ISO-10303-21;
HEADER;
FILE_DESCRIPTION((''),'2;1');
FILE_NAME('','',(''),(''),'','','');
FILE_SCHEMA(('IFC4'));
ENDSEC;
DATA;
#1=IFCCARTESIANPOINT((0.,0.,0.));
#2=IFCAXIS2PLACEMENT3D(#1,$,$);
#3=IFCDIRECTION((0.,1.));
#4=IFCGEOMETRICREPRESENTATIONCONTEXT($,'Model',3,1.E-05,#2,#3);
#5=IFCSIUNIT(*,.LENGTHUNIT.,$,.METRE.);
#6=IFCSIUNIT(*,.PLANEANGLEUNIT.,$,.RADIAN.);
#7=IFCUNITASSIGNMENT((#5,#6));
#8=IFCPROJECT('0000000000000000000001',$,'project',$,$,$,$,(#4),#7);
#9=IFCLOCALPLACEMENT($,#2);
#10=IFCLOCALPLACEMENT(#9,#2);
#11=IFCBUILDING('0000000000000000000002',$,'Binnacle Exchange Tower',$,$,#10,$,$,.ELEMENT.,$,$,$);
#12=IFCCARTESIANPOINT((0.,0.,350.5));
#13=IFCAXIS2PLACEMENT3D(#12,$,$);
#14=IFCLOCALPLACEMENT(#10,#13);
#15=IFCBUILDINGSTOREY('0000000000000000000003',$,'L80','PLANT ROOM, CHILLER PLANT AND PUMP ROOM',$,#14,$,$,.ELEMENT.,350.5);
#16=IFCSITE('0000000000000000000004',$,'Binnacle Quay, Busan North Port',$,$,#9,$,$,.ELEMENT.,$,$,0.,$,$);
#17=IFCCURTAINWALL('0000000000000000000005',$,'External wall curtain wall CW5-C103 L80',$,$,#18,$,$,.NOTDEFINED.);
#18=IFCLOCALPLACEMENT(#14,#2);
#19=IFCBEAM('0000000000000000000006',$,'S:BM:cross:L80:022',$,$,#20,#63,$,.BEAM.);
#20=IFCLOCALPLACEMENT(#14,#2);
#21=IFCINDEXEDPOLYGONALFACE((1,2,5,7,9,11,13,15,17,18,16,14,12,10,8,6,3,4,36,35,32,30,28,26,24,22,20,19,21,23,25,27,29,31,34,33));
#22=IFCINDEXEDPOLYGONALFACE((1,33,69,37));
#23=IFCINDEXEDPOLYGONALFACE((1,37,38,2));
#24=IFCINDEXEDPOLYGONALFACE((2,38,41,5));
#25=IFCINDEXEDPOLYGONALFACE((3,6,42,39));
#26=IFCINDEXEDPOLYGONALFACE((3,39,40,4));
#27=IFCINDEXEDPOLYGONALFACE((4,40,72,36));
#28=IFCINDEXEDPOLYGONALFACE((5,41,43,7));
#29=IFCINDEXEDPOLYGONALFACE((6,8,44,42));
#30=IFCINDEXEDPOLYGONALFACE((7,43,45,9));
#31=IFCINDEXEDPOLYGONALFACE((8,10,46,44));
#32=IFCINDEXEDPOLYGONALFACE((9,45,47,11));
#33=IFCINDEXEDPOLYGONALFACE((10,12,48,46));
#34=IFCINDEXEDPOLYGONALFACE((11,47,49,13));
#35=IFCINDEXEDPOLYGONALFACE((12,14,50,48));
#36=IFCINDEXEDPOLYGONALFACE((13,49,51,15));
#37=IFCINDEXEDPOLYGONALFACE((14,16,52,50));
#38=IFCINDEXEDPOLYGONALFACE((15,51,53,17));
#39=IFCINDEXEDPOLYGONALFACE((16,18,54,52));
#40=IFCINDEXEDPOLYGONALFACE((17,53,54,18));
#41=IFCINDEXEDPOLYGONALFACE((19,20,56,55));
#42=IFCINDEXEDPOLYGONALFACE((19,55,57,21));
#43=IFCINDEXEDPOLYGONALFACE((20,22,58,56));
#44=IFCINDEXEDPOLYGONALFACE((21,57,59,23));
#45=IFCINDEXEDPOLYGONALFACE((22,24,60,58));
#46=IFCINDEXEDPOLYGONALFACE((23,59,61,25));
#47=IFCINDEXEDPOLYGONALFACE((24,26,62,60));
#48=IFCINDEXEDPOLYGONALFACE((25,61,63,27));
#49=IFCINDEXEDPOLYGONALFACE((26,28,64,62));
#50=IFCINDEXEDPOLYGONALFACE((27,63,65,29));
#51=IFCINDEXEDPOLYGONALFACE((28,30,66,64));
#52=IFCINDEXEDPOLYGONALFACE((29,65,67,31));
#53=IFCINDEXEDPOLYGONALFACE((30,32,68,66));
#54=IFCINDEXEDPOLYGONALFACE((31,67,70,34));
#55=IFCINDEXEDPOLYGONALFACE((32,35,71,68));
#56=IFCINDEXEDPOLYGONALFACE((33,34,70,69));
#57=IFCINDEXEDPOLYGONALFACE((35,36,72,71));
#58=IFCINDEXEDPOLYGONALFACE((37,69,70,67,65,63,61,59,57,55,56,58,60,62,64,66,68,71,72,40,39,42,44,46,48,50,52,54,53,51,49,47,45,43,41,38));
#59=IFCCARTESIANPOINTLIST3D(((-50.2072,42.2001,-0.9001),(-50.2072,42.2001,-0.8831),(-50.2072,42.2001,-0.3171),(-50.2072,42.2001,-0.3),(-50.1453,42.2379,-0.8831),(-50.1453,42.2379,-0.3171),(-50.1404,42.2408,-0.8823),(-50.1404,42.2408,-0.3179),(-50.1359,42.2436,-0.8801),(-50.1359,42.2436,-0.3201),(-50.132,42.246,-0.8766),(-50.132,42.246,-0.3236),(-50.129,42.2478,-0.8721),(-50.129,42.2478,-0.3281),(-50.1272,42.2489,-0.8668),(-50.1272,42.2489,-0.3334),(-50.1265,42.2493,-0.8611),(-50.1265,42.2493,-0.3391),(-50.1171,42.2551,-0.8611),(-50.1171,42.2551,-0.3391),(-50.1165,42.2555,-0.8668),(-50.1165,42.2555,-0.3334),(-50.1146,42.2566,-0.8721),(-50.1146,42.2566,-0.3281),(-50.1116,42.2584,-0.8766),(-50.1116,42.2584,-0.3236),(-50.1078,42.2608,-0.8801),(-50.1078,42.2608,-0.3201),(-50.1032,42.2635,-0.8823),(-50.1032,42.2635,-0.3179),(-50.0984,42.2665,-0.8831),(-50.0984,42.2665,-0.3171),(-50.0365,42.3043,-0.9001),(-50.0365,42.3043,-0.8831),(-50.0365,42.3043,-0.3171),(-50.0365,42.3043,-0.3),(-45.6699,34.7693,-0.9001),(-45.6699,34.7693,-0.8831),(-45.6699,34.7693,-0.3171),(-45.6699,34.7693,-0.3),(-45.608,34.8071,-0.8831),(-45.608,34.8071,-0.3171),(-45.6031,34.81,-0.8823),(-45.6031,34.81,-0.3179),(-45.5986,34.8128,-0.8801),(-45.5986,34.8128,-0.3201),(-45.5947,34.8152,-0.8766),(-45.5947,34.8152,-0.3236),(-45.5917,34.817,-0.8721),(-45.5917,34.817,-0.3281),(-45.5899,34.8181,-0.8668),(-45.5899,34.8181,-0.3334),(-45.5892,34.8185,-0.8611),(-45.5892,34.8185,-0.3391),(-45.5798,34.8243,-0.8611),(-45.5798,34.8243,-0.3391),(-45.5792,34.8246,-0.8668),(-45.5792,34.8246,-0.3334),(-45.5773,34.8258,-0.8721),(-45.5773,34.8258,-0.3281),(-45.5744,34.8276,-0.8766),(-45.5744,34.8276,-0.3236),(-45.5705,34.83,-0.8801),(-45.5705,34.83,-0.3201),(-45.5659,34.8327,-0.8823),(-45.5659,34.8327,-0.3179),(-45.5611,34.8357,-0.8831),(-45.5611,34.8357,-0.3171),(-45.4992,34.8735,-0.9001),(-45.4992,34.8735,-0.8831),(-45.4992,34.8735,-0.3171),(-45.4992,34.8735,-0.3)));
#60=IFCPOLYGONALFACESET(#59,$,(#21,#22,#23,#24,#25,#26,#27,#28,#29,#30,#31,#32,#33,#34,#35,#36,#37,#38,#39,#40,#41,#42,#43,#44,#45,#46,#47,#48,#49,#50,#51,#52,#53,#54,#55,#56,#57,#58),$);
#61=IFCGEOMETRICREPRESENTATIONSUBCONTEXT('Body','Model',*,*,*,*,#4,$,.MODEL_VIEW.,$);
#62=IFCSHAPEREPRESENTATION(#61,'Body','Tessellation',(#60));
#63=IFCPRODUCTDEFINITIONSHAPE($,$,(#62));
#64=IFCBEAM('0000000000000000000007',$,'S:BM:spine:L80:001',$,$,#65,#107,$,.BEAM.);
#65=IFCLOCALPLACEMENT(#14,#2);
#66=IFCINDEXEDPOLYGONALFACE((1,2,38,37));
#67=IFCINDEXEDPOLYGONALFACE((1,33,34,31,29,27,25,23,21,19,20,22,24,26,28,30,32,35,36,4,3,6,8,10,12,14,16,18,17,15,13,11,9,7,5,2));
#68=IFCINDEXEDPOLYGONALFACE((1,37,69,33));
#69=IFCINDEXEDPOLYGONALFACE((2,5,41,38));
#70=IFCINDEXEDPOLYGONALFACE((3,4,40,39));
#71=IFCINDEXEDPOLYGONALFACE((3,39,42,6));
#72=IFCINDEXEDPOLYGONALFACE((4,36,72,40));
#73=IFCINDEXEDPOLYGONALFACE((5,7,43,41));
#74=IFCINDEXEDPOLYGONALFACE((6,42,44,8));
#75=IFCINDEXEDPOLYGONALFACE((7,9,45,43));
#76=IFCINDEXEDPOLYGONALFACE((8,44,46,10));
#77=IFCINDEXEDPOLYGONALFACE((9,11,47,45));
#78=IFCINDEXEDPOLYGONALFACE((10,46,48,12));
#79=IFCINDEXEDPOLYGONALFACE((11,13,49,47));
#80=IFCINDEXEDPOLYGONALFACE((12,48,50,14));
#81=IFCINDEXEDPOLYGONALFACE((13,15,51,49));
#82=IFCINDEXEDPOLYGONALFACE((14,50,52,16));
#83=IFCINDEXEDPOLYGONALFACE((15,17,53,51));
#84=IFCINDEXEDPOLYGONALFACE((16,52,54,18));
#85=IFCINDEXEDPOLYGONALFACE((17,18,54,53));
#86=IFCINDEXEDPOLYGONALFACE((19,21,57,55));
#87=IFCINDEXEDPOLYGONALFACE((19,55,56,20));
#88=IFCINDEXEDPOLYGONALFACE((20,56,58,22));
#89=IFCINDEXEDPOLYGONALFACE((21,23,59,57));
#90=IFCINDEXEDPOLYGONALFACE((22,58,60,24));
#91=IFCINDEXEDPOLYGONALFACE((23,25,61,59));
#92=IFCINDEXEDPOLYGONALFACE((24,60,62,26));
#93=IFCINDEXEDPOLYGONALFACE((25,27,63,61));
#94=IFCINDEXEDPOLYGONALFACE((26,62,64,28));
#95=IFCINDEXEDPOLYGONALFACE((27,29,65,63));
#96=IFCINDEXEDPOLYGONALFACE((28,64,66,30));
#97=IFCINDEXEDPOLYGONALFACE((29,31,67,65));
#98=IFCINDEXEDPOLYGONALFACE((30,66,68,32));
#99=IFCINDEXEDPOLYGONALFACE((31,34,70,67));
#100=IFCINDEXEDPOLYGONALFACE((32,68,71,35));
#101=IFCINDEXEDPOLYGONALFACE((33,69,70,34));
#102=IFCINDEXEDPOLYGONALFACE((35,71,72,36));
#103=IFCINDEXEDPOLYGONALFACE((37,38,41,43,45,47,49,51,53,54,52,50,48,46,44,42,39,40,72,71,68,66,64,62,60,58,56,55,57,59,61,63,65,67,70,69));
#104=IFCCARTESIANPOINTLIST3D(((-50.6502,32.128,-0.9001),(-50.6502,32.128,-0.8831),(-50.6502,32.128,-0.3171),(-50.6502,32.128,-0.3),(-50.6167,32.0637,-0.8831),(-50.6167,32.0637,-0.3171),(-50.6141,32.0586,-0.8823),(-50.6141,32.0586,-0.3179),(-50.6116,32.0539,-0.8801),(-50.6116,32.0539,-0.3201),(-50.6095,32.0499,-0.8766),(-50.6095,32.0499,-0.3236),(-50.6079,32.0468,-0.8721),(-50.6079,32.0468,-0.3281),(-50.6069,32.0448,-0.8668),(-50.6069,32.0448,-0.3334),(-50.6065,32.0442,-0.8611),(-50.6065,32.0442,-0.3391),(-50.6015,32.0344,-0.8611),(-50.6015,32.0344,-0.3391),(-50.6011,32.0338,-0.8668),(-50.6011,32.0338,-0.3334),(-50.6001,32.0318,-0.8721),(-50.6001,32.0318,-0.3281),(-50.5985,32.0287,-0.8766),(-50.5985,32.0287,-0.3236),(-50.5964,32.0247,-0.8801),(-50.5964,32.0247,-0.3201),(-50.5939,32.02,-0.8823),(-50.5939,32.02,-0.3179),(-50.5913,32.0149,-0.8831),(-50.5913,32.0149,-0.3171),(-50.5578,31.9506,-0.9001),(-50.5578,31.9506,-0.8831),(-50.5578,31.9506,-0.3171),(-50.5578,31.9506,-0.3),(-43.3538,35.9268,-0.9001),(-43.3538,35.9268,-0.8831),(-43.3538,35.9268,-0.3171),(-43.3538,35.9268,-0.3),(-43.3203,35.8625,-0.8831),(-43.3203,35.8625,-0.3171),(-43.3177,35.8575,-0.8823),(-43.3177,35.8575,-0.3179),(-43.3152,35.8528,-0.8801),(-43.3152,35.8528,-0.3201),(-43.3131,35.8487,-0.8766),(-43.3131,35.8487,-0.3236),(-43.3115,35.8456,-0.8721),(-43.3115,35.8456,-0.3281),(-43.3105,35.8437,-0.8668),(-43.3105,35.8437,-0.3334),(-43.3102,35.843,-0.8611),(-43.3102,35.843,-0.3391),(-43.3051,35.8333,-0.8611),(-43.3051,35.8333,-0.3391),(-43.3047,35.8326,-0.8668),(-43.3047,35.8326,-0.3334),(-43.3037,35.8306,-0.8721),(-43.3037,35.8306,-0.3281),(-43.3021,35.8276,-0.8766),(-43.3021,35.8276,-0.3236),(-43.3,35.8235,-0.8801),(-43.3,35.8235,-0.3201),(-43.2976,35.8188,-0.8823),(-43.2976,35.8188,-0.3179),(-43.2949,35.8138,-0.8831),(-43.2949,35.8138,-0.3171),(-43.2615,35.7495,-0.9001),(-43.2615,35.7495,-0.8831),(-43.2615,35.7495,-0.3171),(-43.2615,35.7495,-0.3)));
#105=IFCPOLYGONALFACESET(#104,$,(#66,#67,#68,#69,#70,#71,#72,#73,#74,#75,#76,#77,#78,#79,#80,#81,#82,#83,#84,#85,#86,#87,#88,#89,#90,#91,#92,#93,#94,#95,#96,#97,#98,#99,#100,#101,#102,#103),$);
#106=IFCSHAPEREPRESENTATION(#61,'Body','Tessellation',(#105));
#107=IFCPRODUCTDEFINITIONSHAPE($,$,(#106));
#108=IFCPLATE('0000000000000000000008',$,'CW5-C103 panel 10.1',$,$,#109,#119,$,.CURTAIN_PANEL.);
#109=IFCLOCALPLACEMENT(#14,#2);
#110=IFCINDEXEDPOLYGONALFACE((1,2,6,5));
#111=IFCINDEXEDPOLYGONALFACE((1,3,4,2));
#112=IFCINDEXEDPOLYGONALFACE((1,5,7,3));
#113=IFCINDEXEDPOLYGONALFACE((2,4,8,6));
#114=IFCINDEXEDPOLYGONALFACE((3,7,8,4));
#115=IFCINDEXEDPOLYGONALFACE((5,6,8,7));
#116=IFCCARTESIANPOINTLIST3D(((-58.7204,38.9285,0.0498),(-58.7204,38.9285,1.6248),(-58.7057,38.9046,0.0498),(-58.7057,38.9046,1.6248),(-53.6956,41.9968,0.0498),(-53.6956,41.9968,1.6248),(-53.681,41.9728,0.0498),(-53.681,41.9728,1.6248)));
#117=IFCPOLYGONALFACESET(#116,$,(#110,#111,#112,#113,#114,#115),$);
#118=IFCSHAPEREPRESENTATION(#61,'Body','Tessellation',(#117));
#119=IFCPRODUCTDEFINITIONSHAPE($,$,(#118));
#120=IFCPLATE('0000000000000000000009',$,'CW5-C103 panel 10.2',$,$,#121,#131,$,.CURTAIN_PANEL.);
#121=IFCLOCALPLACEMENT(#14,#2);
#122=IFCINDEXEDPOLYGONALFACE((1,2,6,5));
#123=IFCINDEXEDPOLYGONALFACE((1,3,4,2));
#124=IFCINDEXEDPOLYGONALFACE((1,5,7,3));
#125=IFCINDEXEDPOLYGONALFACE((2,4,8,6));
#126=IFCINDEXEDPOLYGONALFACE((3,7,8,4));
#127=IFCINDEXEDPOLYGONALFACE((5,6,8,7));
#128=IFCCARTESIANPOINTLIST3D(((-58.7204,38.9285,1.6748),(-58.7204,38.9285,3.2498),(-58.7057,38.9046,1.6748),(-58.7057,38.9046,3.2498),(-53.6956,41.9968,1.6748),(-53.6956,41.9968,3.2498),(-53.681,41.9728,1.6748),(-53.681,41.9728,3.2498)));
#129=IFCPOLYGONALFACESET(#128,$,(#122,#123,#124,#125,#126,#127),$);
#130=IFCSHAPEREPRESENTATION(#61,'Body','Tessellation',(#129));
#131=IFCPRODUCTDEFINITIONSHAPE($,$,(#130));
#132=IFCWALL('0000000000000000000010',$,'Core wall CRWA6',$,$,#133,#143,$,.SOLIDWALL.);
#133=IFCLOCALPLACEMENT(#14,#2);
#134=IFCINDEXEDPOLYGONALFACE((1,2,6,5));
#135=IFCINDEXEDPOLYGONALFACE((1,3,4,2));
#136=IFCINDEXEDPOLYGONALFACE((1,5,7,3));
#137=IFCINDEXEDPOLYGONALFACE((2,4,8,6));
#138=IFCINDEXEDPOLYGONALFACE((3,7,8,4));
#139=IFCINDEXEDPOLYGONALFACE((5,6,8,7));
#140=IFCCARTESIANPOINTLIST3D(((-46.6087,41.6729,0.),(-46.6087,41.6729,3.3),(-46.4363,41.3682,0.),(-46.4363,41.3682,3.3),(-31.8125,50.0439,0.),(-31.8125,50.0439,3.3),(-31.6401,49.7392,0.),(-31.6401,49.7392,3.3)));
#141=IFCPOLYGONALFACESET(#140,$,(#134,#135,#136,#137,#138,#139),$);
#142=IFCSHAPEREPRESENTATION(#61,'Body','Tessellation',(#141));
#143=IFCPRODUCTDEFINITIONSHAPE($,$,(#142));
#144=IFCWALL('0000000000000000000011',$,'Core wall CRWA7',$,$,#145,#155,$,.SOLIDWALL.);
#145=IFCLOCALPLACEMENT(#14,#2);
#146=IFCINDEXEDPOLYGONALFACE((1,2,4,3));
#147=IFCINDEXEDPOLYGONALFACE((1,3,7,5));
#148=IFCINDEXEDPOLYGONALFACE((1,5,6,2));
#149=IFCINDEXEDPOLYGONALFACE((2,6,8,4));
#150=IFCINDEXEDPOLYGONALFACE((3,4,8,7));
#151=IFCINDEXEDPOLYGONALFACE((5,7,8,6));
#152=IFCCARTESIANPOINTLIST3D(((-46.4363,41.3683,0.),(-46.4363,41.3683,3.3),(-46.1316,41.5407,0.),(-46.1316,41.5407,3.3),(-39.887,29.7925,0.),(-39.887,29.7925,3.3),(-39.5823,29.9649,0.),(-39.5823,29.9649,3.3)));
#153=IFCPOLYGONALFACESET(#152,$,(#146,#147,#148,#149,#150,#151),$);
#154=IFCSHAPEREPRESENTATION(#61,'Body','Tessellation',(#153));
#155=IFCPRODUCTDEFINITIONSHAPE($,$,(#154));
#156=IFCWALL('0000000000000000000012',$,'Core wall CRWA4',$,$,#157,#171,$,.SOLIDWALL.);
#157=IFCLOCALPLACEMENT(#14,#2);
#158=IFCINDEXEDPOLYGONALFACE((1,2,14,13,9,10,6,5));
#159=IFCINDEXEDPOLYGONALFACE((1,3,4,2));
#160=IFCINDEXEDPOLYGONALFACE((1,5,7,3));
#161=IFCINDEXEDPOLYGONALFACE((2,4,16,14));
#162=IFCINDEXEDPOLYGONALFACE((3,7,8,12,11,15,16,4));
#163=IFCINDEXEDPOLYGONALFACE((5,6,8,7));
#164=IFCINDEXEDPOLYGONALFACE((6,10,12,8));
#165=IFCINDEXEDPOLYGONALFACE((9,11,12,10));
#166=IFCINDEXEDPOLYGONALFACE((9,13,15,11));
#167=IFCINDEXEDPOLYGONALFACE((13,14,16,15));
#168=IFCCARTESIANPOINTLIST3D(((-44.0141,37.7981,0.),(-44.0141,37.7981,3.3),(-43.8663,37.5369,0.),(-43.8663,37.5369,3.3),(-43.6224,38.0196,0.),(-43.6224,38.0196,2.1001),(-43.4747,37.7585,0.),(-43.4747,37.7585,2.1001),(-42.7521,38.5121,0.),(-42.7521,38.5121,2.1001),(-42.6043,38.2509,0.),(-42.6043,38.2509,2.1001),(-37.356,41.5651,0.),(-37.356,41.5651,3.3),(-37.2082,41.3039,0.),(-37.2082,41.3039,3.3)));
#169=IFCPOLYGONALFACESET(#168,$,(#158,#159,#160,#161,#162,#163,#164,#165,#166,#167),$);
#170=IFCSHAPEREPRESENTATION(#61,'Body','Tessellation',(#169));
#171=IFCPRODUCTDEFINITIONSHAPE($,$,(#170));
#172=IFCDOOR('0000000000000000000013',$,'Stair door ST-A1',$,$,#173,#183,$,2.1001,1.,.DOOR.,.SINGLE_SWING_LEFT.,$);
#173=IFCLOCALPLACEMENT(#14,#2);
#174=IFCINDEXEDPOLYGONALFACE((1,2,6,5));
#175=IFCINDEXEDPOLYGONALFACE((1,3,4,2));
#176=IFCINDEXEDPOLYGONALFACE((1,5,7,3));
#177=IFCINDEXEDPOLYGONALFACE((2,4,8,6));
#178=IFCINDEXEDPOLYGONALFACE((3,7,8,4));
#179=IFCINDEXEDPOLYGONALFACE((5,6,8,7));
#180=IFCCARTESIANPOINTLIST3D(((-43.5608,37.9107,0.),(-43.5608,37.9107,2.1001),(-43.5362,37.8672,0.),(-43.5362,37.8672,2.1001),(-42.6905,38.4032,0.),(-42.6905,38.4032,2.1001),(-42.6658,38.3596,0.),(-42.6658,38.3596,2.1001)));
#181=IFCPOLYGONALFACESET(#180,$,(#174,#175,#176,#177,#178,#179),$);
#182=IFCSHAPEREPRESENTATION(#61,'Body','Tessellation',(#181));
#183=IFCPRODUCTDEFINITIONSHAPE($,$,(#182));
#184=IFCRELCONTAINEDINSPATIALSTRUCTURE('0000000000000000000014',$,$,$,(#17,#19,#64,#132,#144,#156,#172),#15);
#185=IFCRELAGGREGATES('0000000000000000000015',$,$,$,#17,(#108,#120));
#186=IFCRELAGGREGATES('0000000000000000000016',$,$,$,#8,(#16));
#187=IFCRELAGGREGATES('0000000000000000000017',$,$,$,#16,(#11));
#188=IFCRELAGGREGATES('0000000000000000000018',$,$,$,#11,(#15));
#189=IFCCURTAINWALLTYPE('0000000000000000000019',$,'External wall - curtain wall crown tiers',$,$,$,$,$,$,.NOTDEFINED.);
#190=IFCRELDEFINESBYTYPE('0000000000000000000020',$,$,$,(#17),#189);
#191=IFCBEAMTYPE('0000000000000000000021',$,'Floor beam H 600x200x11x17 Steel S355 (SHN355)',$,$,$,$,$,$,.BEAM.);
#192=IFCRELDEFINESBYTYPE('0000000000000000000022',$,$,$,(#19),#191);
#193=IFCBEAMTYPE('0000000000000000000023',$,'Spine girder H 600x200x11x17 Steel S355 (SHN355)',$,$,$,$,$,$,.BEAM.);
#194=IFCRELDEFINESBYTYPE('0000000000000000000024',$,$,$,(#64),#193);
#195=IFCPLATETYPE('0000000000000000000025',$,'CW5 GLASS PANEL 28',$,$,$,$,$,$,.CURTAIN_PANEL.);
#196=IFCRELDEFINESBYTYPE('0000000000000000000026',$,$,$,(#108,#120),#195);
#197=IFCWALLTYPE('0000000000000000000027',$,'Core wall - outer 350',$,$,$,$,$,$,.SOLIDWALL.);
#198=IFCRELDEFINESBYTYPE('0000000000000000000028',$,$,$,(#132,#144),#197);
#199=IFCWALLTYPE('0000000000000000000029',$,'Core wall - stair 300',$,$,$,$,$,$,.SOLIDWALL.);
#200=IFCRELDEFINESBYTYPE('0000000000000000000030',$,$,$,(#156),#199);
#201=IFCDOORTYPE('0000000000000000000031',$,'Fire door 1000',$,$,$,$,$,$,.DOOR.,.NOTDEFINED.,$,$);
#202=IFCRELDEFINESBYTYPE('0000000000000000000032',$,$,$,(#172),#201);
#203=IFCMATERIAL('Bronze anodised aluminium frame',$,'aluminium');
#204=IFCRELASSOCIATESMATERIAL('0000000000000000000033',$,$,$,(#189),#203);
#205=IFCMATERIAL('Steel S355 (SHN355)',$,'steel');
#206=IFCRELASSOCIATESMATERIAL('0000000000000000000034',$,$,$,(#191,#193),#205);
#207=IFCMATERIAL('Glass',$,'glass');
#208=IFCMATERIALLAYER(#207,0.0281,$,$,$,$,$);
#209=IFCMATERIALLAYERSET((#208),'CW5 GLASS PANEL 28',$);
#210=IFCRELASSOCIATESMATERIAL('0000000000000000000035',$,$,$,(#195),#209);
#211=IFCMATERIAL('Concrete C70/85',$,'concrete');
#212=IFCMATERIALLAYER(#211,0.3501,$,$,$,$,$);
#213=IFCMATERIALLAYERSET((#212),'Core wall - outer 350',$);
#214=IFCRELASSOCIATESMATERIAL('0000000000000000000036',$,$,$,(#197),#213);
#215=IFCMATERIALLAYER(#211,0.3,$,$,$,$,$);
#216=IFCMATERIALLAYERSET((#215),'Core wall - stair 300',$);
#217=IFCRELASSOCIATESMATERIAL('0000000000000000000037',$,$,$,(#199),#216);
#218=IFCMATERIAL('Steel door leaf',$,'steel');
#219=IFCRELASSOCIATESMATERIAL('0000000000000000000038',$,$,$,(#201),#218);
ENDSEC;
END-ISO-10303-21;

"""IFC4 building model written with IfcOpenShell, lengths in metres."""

from ifc_helpers import new_model, si_unit, direction, frame, frame_2d, origin, origin_2d, place, context, subcontext, project, spatial, rectangle, i_section, extrude, material, layer, layer_set, material_profile, profile_set, type_object, element, fill, aggregate, save


model = new_model("IFC4")

# Units and contexts
model_context = context("Model", 3, precision=1e-05, world=origin(), true_north=direction((0.0, 1.0)))
body_context = subcontext(model_context, "Body", "Model", "MODEL_VIEW")
ifc_project = project(units=[si_unit("LENGTHUNIT", "METRE"), si_unit("PLANEANGLEUNIT", "RADIAN")], contexts=[model_context])

# Site, building, storey
site_placement = place(None, origin())
site = spatial("IfcSite", under=ifc_project, at=site_placement, Name="Binnacle Quay, Busan North Port", CompositionType="ELEMENT", RefElevation=0.0)
building_placement = place(site_placement, origin())
building = spatial("IfcBuilding", under=site, at=building_placement, Name="Binnacle Exchange Tower", CompositionType="ELEMENT")
storey_placement = place(building_placement, frame((0.0, 0.0, 350.5)))
storey = spatial("IfcBuildingStorey", under=building, at=storey_placement, Name="L80", Description="PLANT ROOM, CHILLER PLANT AND PUMP ROOM", CompositionType="ELEMENT", Elevation=350.5)

# Shared definitions
ifc_material_1 = material(Name="Steel S355 (SHN355)", Category="steel")

# Curtain wall
ifc_material_2 = material(Name="Bronze anodised aluminium frame", Category="aluminium")
curtain_wall_type = type_object("IfcCurtainWallType", Name="External wall - curtain wall crown tiers", PredefinedType="NOTDEFINED", material=ifc_material_2)
curtain_wall_placement = place(storey_placement, origin())
curtain_wall = element("IfcCurtainWall", 1, at=curtain_wall_placement, inside=storey, type_object=curtain_wall_type, Name="External wall curtain wall CW5-C103 L80", PredefinedType="NOTDEFINED")

# Beams
ifc_material_profile_1 = material_profile(ifc_material_1, i_section(OverallWidth=0.2, OverallDepth=0.6001, WebThickness=0.011, FlangeThickness=0.0171, FilletRadius=0.022, at=origin_2d()), Name="H 600x200x11x17")
ifc_profile_set_1 = profile_set([ifc_material_profile_1], Name="Steel S355 (SHN355)")
beam_type_1 = type_object("IfcBeamType", Name="Floor beam H 600x200x11x17 Steel S355 (SHN355)", PredefinedType="BEAM", material=ifc_profile_set_1)
beam_1_placement = place(storey_placement, frame((-50.1218, 42.2522, -0.6001), z_axis=(0.521136, -0.853474, 0.0), x_axis=(0.853474, 0.521136, 0.0)))
element("IfcBeam", 2, at=beam_1_placement, inside=storey, type_object=beam_type_1, Name="S:BM:cross:L80:022", PredefinedType="BEAM", context=body_context, shape_type="SweptSolid", body=[
    extrude(i_section(OverallWidth=0.2, OverallDepth=0.6001, WebThickness=0.011, FlangeThickness=0.0171, FilletRadius=0.022, at=origin_2d()), origin(), (0.0, 0.0, 1.0), 8.7065),
])
ifc_material_profile_2 = material_profile(ifc_material_1, i_section(OverallWidth=0.2, OverallDepth=0.6001, WebThickness=0.011, FlangeThickness=0.0171, FilletRadius=0.022, at=origin_2d()), Name="H 600x200x11x17")
ifc_profile_set_2 = profile_set([ifc_material_profile_2], Name="Steel S355 (SHN355)")
beam_type_2 = type_object("IfcBeamType", Name="Spine girder H 600x200x11x17 Steel S355 (SHN355)", PredefinedType="BEAM", material=ifc_profile_set_2)
beam_2_placement = place(storey_placement, frame((-50.604, 32.0393, -0.6001), z_axis=(0.886982, 0.461803, 0.0), x_axis=(-0.461803, 0.886982, 0.0)))
element("IfcBeam", 3, at=beam_2_placement, inside=storey, type_object=beam_type_2, Name="S:BM:spine:L80:001", PredefinedType="BEAM", context=body_context, shape_type="SweptSolid", body=[
    extrude(i_section(OverallWidth=0.2, OverallDepth=0.6001, WebThickness=0.011, FlangeThickness=0.0171, FilletRadius=0.022, at=origin_2d()), origin(), (0.0, 0.0, 1.0), 8.2261),
])

# Plates
ifc_material_3 = material(Name="Glass", Category="glass")
ifc_layer_1 = layer(ifc_material_3, 0.0281)
ifc_layer_set_1 = layer_set([ifc_layer_1], Name="CW5 GLASS PANEL 28")
plate_type = type_object("IfcPlateType", Name="CW5 GLASS PANEL 28", PredefinedType="CURTAIN_PANEL", material=ifc_layer_set_1)
plate_1_placement = place(storey_placement, frame((-56.2007, 40.4507, 0.0498), z_axis=(0.0, 0.0, 1.0), x_axis=(-0.853461, -0.521157, 0.0)))
plate_1 = element("IfcPlate", 4, at=plate_1_placement, type_object=plate_type, Name="CW5-C103 panel 10.1", PredefinedType="CURTAIN_PANEL", context=body_context, shape_type="SweptSolid", body=[
    extrude(rectangle(XDim=5.8875, YDim=0.0281, at=origin_2d()), origin(), (0.0, 0.0, 1.0), 1.575),
])
plate_2_placement = place(storey_placement, frame((-56.2007, 40.4507, 1.6748), z_axis=(0.0, 0.0, 1.0), x_axis=(-0.853461, -0.521157, 0.0)))
plate_2 = element("IfcPlate", 5, at=plate_2_placement, type_object=plate_type, Name="CW5-C103 panel 10.2", PredefinedType="CURTAIN_PANEL", context=body_context, shape_type="SweptSolid", body=[
    extrude(rectangle(XDim=5.8875, YDim=0.0281, at=origin_2d()), origin(), (0.0, 0.0, 1.0), 1.575),
])
aggregate(curtain_wall, [plate_1, plate_2])

# Walls
ifc_material_4 = material(Name="Concrete C70/85", Category="concrete")
ifc_layer_2 = layer(ifc_material_4, 0.3501)
ifc_layer_set_2 = layer_set([ifc_layer_2], Name="Core wall - outer 350")
wall_type_1 = type_object("IfcWallType", Name="Core wall - outer 350", PredefinedType="SOLIDWALL", material=ifc_layer_set_2)
wall_1_placement = place(storey_placement, frame((-46.5225, 41.5205, 0.0), z_axis=(0.0, 0.0, 1.0), x_axis=(0.87036, 0.492416, 0.0)))
element("IfcWall", 6, at=wall_1_placement, inside=storey, type_object=wall_type_1, Name="Core wall CRWA6", PredefinedType="SOLIDWALL", context=body_context, shape_type="SweptSolid", body=[
    extrude(rectangle(XDim=17.0, YDim=0.3501, at=frame_2d((8.5, 0.0))), origin(), (0.0, 0.0, 1.0), 3.3),
])
wall_2_placement = place(storey_placement, frame((-46.2839, 41.4543, 0.0), z_axis=(0.0, 0.0, 1.0), x_axis=(0.49243, -0.870352, 0.0)))
element("IfcWall", 7, at=wall_2_placement, inside=storey, type_object=wall_type_1, Name="Core wall CRWA7", PredefinedType="SOLIDWALL", context=body_context, shape_type="SweptSolid", body=[
    extrude(rectangle(XDim=13.3, YDim=0.3501, at=frame_2d((6.6499, 0.0))), origin(), (0.0, 0.0, 1.0), 3.3),
])

# Wall, opening, door
ifc_layer_3 = layer(ifc_material_4, 0.3)
ifc_layer_set_3 = layer_set([ifc_layer_3], Name="Core wall - stair 300")
wall_type_2 = type_object("IfcWallType", Name="Core wall - stair 300", PredefinedType="SOLIDWALL", material=ifc_layer_set_3)
wall_3_placement = place(storey_placement, frame((-43.9402, 37.6675, 0.0), z_axis=(0.0, 0.0, 1.0), x_axis=(0.870352, 0.492429, 0.0)))
wall_3 = element("IfcWall", 8, at=wall_3_placement, inside=storey, type_object=wall_type_2, Name="Core wall CRWA4", PredefinedType="SOLIDWALL", context=body_context, shape_type="SweptSolid", body=[
    extrude(rectangle(XDim=7.6499, YDim=0.3, at=frame_2d((3.825, 0.0))), origin(), (0.0, 0.0, 1.0), 3.3),
])
opening_placement = place(wall_3_placement, frame((0.45, 0.0, 0.0)))
opening = element("IfcOpeningElement", 9, at=opening_placement, cuts=wall_3, PredefinedType="OPENING", context=body_context, shape_type="SweptSolid", body=[
    extrude(rectangle(XDim=1.0, YDim=2.1001, at=frame_2d((0.5, 1.05))), frame((0.0, 0.1599, 0.0), z_axis=(0.0, -1.0, 0.0), x_axis=(1.0, 0.0, 0.0)), (0.0, 0.0, 1.0), 0.3201),
])
ifc_material_5 = material(Name="Steel door leaf", Category="steel")
door_type = type_object("IfcDoorType", Name="Fire door 1000", OperationType="NOTDEFINED", PredefinedType="DOOR", material=ifc_material_5)
door_placement = place(opening_placement, origin())
door = element("IfcDoor", 10, at=door_placement, inside=storey, type_object=door_type, Name="Stair door ST-A1", OperationType="SINGLE_SWING_LEFT", OverallHeight=2.1001, OverallWidth=1.0, PredefinedType="DOOR", context=body_context, shape_type="SweptSolid", body=[
    extrude(rectangle(XDim=1.0, YDim=2.1001, at=frame_2d((0.5, 1.05))), frame((0.0, 0.0249, 0.0), z_axis=(0.0, -1.0, 0.0), x_axis=(1.0, 0.0, 0.0)), (0.0, 0.0, 1.0), 0.05),
])
fill(opening, door)

save(model, "model.ifc")
